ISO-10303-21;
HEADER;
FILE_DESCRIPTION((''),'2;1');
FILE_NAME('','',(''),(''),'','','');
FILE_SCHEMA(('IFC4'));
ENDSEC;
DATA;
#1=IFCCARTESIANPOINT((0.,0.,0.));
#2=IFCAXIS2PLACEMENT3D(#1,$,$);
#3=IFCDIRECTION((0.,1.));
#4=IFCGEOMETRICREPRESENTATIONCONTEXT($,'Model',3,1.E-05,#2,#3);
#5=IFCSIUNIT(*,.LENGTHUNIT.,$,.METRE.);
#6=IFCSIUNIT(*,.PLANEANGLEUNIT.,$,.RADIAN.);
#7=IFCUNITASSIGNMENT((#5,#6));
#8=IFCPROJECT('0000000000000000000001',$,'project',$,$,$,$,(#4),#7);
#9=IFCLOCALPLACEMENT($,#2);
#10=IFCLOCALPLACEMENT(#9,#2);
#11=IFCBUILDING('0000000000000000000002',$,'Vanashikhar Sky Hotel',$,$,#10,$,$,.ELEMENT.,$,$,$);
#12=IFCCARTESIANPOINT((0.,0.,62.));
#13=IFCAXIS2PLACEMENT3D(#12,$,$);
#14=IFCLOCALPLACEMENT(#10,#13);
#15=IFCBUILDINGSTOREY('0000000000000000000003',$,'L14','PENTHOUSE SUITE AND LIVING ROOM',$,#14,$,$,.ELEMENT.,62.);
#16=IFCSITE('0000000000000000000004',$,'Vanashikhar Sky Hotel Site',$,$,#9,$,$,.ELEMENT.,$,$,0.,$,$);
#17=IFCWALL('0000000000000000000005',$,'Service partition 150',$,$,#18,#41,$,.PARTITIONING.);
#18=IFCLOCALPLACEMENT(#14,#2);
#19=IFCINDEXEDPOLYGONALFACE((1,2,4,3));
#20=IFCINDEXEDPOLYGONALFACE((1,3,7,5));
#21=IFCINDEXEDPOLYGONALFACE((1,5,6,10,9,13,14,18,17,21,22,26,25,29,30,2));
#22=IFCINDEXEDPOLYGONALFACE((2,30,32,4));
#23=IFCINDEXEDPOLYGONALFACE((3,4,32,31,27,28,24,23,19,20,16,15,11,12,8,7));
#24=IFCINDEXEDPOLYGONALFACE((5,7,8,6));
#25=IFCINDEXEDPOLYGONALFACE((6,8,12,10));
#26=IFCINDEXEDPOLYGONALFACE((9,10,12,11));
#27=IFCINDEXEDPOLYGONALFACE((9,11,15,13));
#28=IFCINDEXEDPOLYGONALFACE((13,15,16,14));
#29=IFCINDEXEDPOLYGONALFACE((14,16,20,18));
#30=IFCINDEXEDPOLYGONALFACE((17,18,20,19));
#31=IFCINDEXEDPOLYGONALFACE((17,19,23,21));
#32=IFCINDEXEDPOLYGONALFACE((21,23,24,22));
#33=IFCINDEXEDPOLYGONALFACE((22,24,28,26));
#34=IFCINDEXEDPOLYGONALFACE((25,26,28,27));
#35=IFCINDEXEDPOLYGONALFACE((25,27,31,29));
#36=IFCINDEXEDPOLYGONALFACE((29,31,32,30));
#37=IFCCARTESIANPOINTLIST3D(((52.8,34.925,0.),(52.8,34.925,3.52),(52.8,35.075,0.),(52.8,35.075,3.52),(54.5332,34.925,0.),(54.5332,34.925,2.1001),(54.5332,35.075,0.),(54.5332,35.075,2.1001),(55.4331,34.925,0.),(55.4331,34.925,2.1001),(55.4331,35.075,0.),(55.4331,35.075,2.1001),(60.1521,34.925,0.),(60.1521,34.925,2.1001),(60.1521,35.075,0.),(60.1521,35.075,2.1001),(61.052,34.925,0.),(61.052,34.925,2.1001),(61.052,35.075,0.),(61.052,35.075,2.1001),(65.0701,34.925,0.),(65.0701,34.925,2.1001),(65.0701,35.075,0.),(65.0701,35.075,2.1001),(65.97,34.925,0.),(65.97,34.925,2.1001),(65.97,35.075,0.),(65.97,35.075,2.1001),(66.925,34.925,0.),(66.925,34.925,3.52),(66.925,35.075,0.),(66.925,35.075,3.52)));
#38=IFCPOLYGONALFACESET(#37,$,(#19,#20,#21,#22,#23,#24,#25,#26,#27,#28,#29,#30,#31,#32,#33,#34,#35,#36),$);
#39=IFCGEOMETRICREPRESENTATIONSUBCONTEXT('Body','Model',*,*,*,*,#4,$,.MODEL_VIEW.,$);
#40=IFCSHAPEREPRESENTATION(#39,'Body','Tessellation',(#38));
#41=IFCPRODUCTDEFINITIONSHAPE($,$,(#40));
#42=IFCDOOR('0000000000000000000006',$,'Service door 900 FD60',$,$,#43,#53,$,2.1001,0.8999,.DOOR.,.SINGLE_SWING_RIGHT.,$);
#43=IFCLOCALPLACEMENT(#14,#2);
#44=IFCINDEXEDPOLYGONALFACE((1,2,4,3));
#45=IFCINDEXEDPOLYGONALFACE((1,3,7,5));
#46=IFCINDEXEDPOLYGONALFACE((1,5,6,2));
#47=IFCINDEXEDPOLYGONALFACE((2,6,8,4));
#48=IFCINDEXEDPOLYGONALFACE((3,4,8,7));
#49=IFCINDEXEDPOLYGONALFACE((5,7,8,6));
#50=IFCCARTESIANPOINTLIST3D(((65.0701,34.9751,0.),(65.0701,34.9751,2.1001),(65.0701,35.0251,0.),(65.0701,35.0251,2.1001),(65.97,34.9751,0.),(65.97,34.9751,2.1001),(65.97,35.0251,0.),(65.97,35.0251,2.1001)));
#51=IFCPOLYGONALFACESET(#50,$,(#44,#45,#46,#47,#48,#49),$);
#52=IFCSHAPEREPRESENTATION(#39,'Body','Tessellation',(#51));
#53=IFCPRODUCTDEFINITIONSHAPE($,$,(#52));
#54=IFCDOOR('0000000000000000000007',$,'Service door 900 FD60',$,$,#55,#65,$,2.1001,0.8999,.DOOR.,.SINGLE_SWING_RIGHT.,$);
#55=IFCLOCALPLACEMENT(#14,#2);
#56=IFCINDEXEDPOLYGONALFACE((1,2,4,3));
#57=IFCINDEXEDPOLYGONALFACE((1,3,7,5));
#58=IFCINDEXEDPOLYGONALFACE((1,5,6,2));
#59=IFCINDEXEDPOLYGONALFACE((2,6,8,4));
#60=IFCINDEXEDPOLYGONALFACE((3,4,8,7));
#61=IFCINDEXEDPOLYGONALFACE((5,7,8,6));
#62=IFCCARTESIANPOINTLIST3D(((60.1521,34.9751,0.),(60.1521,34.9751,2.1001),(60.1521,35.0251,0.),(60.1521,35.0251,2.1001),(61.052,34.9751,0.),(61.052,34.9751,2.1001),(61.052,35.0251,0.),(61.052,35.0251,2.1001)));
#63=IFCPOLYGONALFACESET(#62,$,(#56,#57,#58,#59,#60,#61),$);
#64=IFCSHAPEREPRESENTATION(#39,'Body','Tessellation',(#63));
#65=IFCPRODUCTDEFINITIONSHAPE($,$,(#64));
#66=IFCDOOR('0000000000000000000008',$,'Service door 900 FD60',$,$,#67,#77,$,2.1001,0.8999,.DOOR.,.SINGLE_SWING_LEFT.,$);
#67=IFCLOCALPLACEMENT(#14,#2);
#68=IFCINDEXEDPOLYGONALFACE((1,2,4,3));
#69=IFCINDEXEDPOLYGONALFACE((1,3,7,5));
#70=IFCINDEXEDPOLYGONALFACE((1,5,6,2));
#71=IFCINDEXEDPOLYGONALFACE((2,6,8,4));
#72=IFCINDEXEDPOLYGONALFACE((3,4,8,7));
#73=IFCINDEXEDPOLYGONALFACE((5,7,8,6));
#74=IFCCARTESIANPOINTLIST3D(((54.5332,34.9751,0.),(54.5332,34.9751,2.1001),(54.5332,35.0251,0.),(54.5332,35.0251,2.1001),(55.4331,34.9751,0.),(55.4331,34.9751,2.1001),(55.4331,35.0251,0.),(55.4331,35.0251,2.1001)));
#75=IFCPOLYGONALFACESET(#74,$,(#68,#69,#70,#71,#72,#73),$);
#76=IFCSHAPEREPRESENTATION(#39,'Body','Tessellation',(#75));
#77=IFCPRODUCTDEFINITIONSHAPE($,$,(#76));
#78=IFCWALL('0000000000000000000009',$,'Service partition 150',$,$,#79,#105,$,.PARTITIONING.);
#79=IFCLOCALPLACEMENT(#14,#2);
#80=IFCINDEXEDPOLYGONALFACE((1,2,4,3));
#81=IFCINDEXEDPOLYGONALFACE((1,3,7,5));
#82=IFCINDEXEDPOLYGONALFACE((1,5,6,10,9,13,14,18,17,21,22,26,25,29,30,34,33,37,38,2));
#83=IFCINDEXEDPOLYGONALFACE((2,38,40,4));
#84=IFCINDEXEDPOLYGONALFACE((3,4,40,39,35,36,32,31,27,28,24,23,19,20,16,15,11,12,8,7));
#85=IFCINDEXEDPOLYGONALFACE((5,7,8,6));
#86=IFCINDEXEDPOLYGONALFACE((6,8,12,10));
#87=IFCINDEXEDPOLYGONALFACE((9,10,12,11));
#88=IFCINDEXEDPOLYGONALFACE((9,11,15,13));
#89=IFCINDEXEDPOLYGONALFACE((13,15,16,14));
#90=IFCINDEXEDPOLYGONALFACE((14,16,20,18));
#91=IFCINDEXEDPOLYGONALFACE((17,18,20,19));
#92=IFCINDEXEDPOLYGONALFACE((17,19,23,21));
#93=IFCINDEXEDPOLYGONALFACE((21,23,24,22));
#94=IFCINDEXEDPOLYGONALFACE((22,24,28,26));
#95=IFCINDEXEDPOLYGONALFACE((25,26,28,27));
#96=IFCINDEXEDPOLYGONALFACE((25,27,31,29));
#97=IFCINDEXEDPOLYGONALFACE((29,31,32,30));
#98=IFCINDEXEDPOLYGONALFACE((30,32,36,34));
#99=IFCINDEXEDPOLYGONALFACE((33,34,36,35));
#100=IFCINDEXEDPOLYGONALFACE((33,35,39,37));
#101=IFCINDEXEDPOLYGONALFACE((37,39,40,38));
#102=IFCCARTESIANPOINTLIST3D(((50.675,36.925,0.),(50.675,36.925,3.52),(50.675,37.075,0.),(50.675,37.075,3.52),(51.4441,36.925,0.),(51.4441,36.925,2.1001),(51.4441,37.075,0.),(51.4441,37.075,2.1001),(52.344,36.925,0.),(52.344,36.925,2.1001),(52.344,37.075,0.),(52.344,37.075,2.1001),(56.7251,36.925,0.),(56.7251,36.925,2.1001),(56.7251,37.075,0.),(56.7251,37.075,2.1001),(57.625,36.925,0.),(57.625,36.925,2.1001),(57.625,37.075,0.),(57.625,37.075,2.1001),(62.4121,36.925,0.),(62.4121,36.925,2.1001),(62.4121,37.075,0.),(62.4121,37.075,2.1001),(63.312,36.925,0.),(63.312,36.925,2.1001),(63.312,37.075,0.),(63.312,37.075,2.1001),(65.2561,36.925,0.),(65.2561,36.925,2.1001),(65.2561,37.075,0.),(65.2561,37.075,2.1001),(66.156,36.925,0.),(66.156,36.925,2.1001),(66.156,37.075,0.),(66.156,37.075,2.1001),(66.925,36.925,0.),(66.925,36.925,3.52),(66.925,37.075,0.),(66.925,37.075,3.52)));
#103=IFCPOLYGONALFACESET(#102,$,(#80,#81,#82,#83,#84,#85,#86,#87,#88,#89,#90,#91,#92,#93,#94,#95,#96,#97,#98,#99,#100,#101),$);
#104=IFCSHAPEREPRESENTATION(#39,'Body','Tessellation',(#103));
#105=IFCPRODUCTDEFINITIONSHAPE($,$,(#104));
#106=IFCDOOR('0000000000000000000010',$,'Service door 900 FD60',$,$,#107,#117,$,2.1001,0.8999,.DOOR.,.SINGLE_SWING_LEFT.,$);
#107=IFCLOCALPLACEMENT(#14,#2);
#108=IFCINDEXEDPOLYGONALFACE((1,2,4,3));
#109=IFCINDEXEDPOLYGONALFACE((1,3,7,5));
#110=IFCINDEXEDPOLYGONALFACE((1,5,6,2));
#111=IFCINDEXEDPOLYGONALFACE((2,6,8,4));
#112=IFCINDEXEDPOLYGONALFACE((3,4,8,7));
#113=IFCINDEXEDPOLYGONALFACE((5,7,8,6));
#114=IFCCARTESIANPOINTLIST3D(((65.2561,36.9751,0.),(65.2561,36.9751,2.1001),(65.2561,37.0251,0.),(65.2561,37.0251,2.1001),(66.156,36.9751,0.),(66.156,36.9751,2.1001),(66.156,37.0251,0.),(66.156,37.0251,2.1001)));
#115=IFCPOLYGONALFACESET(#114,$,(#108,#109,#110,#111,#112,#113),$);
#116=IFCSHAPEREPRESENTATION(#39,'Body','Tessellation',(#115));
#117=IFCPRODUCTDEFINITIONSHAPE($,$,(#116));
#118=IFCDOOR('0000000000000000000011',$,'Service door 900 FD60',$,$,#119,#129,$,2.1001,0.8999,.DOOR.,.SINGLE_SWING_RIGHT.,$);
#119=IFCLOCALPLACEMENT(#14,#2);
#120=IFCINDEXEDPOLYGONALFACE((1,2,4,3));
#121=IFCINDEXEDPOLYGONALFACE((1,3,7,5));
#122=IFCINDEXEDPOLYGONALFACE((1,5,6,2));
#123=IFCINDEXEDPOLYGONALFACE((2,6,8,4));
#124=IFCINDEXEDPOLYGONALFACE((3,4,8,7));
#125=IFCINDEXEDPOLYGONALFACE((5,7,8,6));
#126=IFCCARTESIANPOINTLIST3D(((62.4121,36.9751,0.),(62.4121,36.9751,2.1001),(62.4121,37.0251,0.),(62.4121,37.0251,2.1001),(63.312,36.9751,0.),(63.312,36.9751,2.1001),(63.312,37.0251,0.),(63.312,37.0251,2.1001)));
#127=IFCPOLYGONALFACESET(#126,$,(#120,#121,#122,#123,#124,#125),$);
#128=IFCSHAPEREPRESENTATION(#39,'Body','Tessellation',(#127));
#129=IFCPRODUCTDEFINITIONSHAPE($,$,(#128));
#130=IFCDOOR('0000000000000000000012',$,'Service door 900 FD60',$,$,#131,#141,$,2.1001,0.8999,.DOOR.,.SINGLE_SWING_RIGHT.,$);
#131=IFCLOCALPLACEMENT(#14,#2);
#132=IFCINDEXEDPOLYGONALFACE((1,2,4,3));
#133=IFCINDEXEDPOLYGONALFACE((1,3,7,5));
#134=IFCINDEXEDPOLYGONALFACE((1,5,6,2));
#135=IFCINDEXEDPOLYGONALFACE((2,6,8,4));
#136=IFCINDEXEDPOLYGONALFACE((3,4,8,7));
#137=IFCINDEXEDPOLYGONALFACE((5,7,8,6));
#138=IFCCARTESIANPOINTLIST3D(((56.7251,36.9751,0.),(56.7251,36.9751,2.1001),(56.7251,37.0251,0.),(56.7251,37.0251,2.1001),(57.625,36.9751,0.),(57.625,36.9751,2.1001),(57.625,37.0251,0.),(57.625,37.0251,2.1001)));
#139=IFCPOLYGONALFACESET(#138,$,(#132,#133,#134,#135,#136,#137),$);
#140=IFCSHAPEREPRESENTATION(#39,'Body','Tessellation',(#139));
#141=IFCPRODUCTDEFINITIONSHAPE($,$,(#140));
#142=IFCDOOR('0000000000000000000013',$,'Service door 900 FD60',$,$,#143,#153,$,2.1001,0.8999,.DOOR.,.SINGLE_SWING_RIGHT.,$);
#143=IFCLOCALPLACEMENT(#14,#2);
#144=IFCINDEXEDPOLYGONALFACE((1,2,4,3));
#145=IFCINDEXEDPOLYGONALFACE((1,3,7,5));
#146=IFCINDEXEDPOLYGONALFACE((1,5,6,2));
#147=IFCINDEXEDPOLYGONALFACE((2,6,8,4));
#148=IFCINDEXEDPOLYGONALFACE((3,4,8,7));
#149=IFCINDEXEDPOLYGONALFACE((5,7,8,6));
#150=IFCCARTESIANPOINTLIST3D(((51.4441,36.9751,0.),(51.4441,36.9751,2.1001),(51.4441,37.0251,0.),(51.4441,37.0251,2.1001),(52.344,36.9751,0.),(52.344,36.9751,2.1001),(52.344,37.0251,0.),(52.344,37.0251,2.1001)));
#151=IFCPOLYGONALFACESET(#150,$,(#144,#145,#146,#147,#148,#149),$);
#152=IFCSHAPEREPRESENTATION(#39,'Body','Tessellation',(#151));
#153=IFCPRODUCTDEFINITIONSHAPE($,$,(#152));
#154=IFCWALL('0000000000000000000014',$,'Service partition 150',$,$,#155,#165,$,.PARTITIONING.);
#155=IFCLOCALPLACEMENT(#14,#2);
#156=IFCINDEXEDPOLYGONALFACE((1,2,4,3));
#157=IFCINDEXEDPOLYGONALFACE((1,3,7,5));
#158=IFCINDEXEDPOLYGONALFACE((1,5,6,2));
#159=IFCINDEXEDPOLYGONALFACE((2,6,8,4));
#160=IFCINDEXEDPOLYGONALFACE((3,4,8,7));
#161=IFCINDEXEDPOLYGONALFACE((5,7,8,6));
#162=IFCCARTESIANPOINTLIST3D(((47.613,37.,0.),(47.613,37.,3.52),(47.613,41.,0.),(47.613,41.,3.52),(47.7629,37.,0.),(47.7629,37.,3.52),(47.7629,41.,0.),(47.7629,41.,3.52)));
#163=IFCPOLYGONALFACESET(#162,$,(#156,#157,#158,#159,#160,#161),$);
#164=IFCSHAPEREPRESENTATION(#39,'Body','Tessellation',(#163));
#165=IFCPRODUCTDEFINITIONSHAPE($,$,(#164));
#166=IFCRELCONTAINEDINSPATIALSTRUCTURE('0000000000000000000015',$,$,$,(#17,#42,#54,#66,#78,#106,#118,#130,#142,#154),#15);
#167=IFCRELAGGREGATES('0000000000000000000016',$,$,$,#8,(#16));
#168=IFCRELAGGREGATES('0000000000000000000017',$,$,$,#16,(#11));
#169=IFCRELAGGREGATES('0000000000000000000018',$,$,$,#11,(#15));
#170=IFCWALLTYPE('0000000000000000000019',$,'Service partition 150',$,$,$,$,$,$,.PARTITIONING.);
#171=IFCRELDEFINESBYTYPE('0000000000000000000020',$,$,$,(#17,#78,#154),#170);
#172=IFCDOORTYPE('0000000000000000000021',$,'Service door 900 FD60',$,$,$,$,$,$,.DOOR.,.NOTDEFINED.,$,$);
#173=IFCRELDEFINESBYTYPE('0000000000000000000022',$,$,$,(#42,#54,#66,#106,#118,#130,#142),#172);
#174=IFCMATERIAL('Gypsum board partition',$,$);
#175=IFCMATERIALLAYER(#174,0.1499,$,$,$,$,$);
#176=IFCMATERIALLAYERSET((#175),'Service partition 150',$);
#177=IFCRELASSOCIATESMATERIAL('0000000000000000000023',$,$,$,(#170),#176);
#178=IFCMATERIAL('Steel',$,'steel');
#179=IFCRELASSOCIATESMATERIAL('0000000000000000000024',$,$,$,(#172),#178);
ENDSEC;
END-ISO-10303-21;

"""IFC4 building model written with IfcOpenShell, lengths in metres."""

from ifc_helpers import new_model, si_unit, direction, frame, frame_2d, origin, place, context, subcontext, project, spatial, rectangle, extrude, source, transform, mapped, material, layer, layer_set, type_object, element, fill, save


model = new_model("IFC4")

# Units and contexts
model_context = context("Model", 3, precision=1e-05, world=origin(), true_north=direction((0.0, 1.0)))
body_context = subcontext(model_context, "Body", "Model", "MODEL_VIEW")
ifc_project = project(units=[si_unit("LENGTHUNIT", "METRE"), si_unit("PLANEANGLEUNIT", "RADIAN")], contexts=[model_context])

# Site, building, storey
site_placement = place(None, origin())
site = spatial("IfcSite", under=ifc_project, at=site_placement, Name="Vanashikhar Sky Hotel Site", CompositionType="ELEMENT", RefElevation=0.0)
building_placement = place(site_placement, origin())
building = spatial("IfcBuilding", under=site, at=building_placement, Name="Vanashikhar Sky Hotel", CompositionType="ELEMENT")
storey_placement = place(building_placement, frame((0.0, 0.0, 62.0)))
storey = spatial("IfcBuildingStorey", under=building, at=storey_placement, Name="L14", Description="PENTHOUSE SUITE AND LIVING ROOM", CompositionType="ELEMENT", Elevation=62.0)

# Shared definitions
ifc_material_1 = material(Name="Steel", Category="steel")

# Shared definitions
ifc_material_2 = material(Name="Gypsum board partition")
ifc_layer_1 = layer(ifc_material_2, 0.1499)
ifc_layer_set_1 = layer_set([ifc_layer_1], Name="Service partition 150")
wall_type_1 = type_object("IfcWallType", Name="Service partition 150", PredefinedType="PARTITIONING", material=ifc_layer_set_1)

# Walls, openings, doors
shared_shape_1 = source(origin(), body_context, "Body", "SweptSolid", [
    extrude(rectangle(XDim=14.125, YDim=0.1499, at=frame_2d((7.0625, 0.0))), origin(), (0.0, 0.0, 1.0), 3.52),
])
wall_1_placement = place(storey_placement, frame((66.925, 35.0, 0.0), z_axis=(0.0, 0.0, 1.0), x_axis=(-1.0, 0.0, 0.0)))
wall_1 = element("IfcWall", 1, at=wall_1_placement, inside=storey, type_object=wall_type_1, Name="Service partition 150", PredefinedType="PARTITIONING", context=body_context, shape_type="MappedRepresentation", body=[
    mapped(shared_shape_1, transform((0.0, 0.0, 0.0), scale=1.0)),
])
shared_shape_2 = source(origin(), body_context, "Body", "SweptSolid", [
    extrude(rectangle(XDim=0.8999, YDim=2.1001, at=frame_2d((0.45, 1.05))), frame((0.0, 0.085, 0.0), z_axis=(0.0, -1.0, 0.0), x_axis=(1.0, 0.0, 0.0)), (0.0, 0.0, 1.0), 0.1699),
])
opening_1_placement = place(wall_1_placement, frame((0.9551, 0.0, 0.0)))
opening_1 = element("IfcOpeningElement", 2, at=opening_1_placement, cuts=wall_1, PredefinedType="OPENING", context=body_context, shape_type="MappedRepresentation", body=[
    mapped(shared_shape_2, transform((0.0, 0.0, 0.0), scale=1.0)),
])
opening_2_placement = place(wall_1_placement, frame((5.873, 0.0, 0.0)))
opening_2 = element("IfcOpeningElement", 3, at=opening_2_placement, cuts=wall_1, PredefinedType="OPENING", context=body_context, shape_type="MappedRepresentation", body=[
    mapped(shared_shape_2, transform((0.0, 0.0, 0.0), scale=1.0)),
])
opening_3_placement = place(wall_1_placement, frame((11.4919, 0.0, 0.0)))
opening_3 = element("IfcOpeningElement", 4, at=opening_3_placement, cuts=wall_1, PredefinedType="OPENING", context=body_context, shape_type="MappedRepresentation", body=[
    mapped(shared_shape_2, transform((0.0, 0.0, 0.0), scale=1.0)),
])
door_type_1 = type_object("IfcDoorType", Name="Service door 900 FD60", OperationType="NOTDEFINED", PredefinedType="DOOR", material=ifc_material_1)
shared_shape_3 = source(origin(), body_context, "Body", "SweptSolid", [
    extrude(rectangle(XDim=0.8999, YDim=2.1001, at=frame_2d((0.45, 1.05))), frame((0.0, 0.0249, 0.0), z_axis=(0.0, -1.0, 0.0), x_axis=(1.0, 0.0, 0.0)), (0.0, 0.0, 1.0), 0.05),
])
door_1_placement = place(opening_1_placement, origin())
door_1 = element("IfcDoor", 5, at=door_1_placement, inside=storey, type_object=door_type_1, Name="Service door 900 FD60", OperationType="SINGLE_SWING_RIGHT", OverallHeight=2.1001, OverallWidth=0.8999, PredefinedType="DOOR", context=body_context, shape_type="MappedRepresentation", body=[
    mapped(shared_shape_3, transform((0.0, 0.0, 0.0), scale=1.0)),
])
fill(opening_1, door_1)
door_2_placement = place(opening_2_placement, origin())
door_2 = element("IfcDoor", 6, at=door_2_placement, inside=storey, type_object=door_type_1, Name="Service door 900 FD60", OperationType="SINGLE_SWING_RIGHT", OverallHeight=2.1001, OverallWidth=0.8999, PredefinedType="DOOR", context=body_context, shape_type="MappedRepresentation", body=[
    mapped(shared_shape_3, transform((0.0, 0.0, 0.0), scale=1.0)),
])
fill(opening_2, door_2)
door_3_placement = place(opening_3_placement, origin())
door_3 = element("IfcDoor", 7, at=door_3_placement, inside=storey, type_object=door_type_1, Name="Service door 900 FD60", OperationType="SINGLE_SWING_LEFT", OverallHeight=2.1001, OverallWidth=0.8999, PredefinedType="DOOR", context=body_context, shape_type="MappedRepresentation", body=[
    mapped(shared_shape_3, transform((0.0, 0.0, 0.0), scale=1.0)),
])
fill(opening_3, door_3)
shared_shape_4 = source(origin(), body_context, "Body", "SweptSolid", [
    extrude(rectangle(XDim=16.25, YDim=0.1499, at=frame_2d((8.125, 0.0))), origin(), (0.0, 0.0, 1.0), 3.52),
])
wall_2_placement = place(storey_placement, frame((66.925, 37.0, 0.0), z_axis=(0.0, 0.0, 1.0), x_axis=(-1.0, 0.0, 0.0)))
wall_2 = element("IfcWall", 8, at=wall_2_placement, inside=storey, type_object=wall_type_1, Name="Service partition 150", PredefinedType="PARTITIONING", context=body_context, shape_type="MappedRepresentation", body=[
    mapped(shared_shape_4, transform((0.0, 0.0, 0.0), scale=1.0)),
])
opening_4_placement = place(wall_2_placement, frame((0.769, 0.0, 0.0)))
opening_4 = element("IfcOpeningElement", 9, at=opening_4_placement, cuts=wall_2, PredefinedType="OPENING", context=body_context, shape_type="MappedRepresentation", body=[
    mapped(shared_shape_2, transform((0.0, 0.0, 0.0), scale=1.0)),
])
opening_5_placement = place(wall_2_placement, frame((3.613, 0.0, 0.0)))
opening_5 = element("IfcOpeningElement", 10, at=opening_5_placement, cuts=wall_2, PredefinedType="OPENING", context=body_context, shape_type="MappedRepresentation", body=[
    mapped(shared_shape_2, transform((0.0, 0.0, 0.0), scale=1.0)),
])
opening_6_placement = place(wall_2_placement, frame((9.3, 0.0, 0.0)))
opening_6 = element("IfcOpeningElement", 11, at=opening_6_placement, cuts=wall_2, PredefinedType="OPENING", context=body_context, shape_type="MappedRepresentation", body=[
    mapped(shared_shape_2, transform((0.0, 0.0, 0.0), scale=1.0)),
])
opening_7_placement = place(wall_2_placement, frame((14.5811, 0.0, 0.0)))
opening_7 = element("IfcOpeningElement", 12, at=opening_7_placement, cuts=wall_2, PredefinedType="OPENING", context=body_context, shape_type="MappedRepresentation", body=[
    mapped(shared_shape_2, transform((0.0, 0.0, 0.0), scale=1.0)),
])
door_4_placement = place(opening_4_placement, origin())
door_4 = element("IfcDoor", 13, at=door_4_placement, inside=storey, type_object=door_type_1, Name="Service door 900 FD60", OperationType="SINGLE_SWING_LEFT", OverallHeight=2.1001, OverallWidth=0.8999, PredefinedType="DOOR", context=body_context, shape_type="MappedRepresentation", body=[
    mapped(shared_shape_3, transform((0.0, 0.0, 0.0), scale=1.0)),
])
fill(opening_4, door_4)
door_5_placement = place(opening_5_placement, origin())
door_5 = element("IfcDoor", 14, at=door_5_placement, inside=storey, type_object=door_type_1, Name="Service door 900 FD60", OperationType="SINGLE_SWING_RIGHT", OverallHeight=2.1001, OverallWidth=0.8999, PredefinedType="DOOR", context=body_context, shape_type="MappedRepresentation", body=[
    mapped(shared_shape_3, transform((0.0, 0.0, 0.0), scale=1.0)),
])
fill(opening_5, door_5)
door_6_placement = place(opening_6_placement, origin())
door_6 = element("IfcDoor", 15, at=door_6_placement, inside=storey, type_object=door_type_1, Name="Service door 900 FD60", OperationType="SINGLE_SWING_RIGHT", OverallHeight=2.1001, OverallWidth=0.8999, PredefinedType="DOOR", context=body_context, shape_type="MappedRepresentation", body=[
    mapped(shared_shape_3, transform((0.0, 0.0, 0.0), scale=1.0)),
])
fill(opening_6, door_6)
door_7_placement = place(opening_7_placement, origin())
door_7 = element("IfcDoor", 16, at=door_7_placement, inside=storey, type_object=door_type_1, Name="Service door 900 FD60", OperationType="SINGLE_SWING_RIGHT", OverallHeight=2.1001, OverallWidth=0.8999, PredefinedType="DOOR", context=body_context, shape_type="MappedRepresentation", body=[
    mapped(shared_shape_3, transform((0.0, 0.0, 0.0), scale=1.0)),
])
fill(opening_7, door_7)

# Wall
shared_shape_5 = source(origin(), body_context, "Body", "SweptSolid", [
    extrude(rectangle(XDim=4.0, YDim=0.1499, at=frame_2d((2.0, 0.0))), origin(), (0.0, 0.0, 1.0), 3.52),
])
for number, where, z_axis, x_axis, name in (
    (17, (47.688, 37.0, 0.0), (0.0, 0.0, 1.0), (0.0, 1.0, 0.0), "Service partition 150"),
):
    element("IfcWall", number, at=place(storey_placement, frame(where, z_axis=z_axis, x_axis=x_axis)), inside=storey, type_object=wall_type_1, Name=name, PredefinedType="PARTITIONING", context=body_context, shape_type="MappedRepresentation", body=[
        mapped(shared_shape_5, transform((0.0, 0.0, 0.0), scale=1.0)),
    ])

save(model, "model.ifc")
